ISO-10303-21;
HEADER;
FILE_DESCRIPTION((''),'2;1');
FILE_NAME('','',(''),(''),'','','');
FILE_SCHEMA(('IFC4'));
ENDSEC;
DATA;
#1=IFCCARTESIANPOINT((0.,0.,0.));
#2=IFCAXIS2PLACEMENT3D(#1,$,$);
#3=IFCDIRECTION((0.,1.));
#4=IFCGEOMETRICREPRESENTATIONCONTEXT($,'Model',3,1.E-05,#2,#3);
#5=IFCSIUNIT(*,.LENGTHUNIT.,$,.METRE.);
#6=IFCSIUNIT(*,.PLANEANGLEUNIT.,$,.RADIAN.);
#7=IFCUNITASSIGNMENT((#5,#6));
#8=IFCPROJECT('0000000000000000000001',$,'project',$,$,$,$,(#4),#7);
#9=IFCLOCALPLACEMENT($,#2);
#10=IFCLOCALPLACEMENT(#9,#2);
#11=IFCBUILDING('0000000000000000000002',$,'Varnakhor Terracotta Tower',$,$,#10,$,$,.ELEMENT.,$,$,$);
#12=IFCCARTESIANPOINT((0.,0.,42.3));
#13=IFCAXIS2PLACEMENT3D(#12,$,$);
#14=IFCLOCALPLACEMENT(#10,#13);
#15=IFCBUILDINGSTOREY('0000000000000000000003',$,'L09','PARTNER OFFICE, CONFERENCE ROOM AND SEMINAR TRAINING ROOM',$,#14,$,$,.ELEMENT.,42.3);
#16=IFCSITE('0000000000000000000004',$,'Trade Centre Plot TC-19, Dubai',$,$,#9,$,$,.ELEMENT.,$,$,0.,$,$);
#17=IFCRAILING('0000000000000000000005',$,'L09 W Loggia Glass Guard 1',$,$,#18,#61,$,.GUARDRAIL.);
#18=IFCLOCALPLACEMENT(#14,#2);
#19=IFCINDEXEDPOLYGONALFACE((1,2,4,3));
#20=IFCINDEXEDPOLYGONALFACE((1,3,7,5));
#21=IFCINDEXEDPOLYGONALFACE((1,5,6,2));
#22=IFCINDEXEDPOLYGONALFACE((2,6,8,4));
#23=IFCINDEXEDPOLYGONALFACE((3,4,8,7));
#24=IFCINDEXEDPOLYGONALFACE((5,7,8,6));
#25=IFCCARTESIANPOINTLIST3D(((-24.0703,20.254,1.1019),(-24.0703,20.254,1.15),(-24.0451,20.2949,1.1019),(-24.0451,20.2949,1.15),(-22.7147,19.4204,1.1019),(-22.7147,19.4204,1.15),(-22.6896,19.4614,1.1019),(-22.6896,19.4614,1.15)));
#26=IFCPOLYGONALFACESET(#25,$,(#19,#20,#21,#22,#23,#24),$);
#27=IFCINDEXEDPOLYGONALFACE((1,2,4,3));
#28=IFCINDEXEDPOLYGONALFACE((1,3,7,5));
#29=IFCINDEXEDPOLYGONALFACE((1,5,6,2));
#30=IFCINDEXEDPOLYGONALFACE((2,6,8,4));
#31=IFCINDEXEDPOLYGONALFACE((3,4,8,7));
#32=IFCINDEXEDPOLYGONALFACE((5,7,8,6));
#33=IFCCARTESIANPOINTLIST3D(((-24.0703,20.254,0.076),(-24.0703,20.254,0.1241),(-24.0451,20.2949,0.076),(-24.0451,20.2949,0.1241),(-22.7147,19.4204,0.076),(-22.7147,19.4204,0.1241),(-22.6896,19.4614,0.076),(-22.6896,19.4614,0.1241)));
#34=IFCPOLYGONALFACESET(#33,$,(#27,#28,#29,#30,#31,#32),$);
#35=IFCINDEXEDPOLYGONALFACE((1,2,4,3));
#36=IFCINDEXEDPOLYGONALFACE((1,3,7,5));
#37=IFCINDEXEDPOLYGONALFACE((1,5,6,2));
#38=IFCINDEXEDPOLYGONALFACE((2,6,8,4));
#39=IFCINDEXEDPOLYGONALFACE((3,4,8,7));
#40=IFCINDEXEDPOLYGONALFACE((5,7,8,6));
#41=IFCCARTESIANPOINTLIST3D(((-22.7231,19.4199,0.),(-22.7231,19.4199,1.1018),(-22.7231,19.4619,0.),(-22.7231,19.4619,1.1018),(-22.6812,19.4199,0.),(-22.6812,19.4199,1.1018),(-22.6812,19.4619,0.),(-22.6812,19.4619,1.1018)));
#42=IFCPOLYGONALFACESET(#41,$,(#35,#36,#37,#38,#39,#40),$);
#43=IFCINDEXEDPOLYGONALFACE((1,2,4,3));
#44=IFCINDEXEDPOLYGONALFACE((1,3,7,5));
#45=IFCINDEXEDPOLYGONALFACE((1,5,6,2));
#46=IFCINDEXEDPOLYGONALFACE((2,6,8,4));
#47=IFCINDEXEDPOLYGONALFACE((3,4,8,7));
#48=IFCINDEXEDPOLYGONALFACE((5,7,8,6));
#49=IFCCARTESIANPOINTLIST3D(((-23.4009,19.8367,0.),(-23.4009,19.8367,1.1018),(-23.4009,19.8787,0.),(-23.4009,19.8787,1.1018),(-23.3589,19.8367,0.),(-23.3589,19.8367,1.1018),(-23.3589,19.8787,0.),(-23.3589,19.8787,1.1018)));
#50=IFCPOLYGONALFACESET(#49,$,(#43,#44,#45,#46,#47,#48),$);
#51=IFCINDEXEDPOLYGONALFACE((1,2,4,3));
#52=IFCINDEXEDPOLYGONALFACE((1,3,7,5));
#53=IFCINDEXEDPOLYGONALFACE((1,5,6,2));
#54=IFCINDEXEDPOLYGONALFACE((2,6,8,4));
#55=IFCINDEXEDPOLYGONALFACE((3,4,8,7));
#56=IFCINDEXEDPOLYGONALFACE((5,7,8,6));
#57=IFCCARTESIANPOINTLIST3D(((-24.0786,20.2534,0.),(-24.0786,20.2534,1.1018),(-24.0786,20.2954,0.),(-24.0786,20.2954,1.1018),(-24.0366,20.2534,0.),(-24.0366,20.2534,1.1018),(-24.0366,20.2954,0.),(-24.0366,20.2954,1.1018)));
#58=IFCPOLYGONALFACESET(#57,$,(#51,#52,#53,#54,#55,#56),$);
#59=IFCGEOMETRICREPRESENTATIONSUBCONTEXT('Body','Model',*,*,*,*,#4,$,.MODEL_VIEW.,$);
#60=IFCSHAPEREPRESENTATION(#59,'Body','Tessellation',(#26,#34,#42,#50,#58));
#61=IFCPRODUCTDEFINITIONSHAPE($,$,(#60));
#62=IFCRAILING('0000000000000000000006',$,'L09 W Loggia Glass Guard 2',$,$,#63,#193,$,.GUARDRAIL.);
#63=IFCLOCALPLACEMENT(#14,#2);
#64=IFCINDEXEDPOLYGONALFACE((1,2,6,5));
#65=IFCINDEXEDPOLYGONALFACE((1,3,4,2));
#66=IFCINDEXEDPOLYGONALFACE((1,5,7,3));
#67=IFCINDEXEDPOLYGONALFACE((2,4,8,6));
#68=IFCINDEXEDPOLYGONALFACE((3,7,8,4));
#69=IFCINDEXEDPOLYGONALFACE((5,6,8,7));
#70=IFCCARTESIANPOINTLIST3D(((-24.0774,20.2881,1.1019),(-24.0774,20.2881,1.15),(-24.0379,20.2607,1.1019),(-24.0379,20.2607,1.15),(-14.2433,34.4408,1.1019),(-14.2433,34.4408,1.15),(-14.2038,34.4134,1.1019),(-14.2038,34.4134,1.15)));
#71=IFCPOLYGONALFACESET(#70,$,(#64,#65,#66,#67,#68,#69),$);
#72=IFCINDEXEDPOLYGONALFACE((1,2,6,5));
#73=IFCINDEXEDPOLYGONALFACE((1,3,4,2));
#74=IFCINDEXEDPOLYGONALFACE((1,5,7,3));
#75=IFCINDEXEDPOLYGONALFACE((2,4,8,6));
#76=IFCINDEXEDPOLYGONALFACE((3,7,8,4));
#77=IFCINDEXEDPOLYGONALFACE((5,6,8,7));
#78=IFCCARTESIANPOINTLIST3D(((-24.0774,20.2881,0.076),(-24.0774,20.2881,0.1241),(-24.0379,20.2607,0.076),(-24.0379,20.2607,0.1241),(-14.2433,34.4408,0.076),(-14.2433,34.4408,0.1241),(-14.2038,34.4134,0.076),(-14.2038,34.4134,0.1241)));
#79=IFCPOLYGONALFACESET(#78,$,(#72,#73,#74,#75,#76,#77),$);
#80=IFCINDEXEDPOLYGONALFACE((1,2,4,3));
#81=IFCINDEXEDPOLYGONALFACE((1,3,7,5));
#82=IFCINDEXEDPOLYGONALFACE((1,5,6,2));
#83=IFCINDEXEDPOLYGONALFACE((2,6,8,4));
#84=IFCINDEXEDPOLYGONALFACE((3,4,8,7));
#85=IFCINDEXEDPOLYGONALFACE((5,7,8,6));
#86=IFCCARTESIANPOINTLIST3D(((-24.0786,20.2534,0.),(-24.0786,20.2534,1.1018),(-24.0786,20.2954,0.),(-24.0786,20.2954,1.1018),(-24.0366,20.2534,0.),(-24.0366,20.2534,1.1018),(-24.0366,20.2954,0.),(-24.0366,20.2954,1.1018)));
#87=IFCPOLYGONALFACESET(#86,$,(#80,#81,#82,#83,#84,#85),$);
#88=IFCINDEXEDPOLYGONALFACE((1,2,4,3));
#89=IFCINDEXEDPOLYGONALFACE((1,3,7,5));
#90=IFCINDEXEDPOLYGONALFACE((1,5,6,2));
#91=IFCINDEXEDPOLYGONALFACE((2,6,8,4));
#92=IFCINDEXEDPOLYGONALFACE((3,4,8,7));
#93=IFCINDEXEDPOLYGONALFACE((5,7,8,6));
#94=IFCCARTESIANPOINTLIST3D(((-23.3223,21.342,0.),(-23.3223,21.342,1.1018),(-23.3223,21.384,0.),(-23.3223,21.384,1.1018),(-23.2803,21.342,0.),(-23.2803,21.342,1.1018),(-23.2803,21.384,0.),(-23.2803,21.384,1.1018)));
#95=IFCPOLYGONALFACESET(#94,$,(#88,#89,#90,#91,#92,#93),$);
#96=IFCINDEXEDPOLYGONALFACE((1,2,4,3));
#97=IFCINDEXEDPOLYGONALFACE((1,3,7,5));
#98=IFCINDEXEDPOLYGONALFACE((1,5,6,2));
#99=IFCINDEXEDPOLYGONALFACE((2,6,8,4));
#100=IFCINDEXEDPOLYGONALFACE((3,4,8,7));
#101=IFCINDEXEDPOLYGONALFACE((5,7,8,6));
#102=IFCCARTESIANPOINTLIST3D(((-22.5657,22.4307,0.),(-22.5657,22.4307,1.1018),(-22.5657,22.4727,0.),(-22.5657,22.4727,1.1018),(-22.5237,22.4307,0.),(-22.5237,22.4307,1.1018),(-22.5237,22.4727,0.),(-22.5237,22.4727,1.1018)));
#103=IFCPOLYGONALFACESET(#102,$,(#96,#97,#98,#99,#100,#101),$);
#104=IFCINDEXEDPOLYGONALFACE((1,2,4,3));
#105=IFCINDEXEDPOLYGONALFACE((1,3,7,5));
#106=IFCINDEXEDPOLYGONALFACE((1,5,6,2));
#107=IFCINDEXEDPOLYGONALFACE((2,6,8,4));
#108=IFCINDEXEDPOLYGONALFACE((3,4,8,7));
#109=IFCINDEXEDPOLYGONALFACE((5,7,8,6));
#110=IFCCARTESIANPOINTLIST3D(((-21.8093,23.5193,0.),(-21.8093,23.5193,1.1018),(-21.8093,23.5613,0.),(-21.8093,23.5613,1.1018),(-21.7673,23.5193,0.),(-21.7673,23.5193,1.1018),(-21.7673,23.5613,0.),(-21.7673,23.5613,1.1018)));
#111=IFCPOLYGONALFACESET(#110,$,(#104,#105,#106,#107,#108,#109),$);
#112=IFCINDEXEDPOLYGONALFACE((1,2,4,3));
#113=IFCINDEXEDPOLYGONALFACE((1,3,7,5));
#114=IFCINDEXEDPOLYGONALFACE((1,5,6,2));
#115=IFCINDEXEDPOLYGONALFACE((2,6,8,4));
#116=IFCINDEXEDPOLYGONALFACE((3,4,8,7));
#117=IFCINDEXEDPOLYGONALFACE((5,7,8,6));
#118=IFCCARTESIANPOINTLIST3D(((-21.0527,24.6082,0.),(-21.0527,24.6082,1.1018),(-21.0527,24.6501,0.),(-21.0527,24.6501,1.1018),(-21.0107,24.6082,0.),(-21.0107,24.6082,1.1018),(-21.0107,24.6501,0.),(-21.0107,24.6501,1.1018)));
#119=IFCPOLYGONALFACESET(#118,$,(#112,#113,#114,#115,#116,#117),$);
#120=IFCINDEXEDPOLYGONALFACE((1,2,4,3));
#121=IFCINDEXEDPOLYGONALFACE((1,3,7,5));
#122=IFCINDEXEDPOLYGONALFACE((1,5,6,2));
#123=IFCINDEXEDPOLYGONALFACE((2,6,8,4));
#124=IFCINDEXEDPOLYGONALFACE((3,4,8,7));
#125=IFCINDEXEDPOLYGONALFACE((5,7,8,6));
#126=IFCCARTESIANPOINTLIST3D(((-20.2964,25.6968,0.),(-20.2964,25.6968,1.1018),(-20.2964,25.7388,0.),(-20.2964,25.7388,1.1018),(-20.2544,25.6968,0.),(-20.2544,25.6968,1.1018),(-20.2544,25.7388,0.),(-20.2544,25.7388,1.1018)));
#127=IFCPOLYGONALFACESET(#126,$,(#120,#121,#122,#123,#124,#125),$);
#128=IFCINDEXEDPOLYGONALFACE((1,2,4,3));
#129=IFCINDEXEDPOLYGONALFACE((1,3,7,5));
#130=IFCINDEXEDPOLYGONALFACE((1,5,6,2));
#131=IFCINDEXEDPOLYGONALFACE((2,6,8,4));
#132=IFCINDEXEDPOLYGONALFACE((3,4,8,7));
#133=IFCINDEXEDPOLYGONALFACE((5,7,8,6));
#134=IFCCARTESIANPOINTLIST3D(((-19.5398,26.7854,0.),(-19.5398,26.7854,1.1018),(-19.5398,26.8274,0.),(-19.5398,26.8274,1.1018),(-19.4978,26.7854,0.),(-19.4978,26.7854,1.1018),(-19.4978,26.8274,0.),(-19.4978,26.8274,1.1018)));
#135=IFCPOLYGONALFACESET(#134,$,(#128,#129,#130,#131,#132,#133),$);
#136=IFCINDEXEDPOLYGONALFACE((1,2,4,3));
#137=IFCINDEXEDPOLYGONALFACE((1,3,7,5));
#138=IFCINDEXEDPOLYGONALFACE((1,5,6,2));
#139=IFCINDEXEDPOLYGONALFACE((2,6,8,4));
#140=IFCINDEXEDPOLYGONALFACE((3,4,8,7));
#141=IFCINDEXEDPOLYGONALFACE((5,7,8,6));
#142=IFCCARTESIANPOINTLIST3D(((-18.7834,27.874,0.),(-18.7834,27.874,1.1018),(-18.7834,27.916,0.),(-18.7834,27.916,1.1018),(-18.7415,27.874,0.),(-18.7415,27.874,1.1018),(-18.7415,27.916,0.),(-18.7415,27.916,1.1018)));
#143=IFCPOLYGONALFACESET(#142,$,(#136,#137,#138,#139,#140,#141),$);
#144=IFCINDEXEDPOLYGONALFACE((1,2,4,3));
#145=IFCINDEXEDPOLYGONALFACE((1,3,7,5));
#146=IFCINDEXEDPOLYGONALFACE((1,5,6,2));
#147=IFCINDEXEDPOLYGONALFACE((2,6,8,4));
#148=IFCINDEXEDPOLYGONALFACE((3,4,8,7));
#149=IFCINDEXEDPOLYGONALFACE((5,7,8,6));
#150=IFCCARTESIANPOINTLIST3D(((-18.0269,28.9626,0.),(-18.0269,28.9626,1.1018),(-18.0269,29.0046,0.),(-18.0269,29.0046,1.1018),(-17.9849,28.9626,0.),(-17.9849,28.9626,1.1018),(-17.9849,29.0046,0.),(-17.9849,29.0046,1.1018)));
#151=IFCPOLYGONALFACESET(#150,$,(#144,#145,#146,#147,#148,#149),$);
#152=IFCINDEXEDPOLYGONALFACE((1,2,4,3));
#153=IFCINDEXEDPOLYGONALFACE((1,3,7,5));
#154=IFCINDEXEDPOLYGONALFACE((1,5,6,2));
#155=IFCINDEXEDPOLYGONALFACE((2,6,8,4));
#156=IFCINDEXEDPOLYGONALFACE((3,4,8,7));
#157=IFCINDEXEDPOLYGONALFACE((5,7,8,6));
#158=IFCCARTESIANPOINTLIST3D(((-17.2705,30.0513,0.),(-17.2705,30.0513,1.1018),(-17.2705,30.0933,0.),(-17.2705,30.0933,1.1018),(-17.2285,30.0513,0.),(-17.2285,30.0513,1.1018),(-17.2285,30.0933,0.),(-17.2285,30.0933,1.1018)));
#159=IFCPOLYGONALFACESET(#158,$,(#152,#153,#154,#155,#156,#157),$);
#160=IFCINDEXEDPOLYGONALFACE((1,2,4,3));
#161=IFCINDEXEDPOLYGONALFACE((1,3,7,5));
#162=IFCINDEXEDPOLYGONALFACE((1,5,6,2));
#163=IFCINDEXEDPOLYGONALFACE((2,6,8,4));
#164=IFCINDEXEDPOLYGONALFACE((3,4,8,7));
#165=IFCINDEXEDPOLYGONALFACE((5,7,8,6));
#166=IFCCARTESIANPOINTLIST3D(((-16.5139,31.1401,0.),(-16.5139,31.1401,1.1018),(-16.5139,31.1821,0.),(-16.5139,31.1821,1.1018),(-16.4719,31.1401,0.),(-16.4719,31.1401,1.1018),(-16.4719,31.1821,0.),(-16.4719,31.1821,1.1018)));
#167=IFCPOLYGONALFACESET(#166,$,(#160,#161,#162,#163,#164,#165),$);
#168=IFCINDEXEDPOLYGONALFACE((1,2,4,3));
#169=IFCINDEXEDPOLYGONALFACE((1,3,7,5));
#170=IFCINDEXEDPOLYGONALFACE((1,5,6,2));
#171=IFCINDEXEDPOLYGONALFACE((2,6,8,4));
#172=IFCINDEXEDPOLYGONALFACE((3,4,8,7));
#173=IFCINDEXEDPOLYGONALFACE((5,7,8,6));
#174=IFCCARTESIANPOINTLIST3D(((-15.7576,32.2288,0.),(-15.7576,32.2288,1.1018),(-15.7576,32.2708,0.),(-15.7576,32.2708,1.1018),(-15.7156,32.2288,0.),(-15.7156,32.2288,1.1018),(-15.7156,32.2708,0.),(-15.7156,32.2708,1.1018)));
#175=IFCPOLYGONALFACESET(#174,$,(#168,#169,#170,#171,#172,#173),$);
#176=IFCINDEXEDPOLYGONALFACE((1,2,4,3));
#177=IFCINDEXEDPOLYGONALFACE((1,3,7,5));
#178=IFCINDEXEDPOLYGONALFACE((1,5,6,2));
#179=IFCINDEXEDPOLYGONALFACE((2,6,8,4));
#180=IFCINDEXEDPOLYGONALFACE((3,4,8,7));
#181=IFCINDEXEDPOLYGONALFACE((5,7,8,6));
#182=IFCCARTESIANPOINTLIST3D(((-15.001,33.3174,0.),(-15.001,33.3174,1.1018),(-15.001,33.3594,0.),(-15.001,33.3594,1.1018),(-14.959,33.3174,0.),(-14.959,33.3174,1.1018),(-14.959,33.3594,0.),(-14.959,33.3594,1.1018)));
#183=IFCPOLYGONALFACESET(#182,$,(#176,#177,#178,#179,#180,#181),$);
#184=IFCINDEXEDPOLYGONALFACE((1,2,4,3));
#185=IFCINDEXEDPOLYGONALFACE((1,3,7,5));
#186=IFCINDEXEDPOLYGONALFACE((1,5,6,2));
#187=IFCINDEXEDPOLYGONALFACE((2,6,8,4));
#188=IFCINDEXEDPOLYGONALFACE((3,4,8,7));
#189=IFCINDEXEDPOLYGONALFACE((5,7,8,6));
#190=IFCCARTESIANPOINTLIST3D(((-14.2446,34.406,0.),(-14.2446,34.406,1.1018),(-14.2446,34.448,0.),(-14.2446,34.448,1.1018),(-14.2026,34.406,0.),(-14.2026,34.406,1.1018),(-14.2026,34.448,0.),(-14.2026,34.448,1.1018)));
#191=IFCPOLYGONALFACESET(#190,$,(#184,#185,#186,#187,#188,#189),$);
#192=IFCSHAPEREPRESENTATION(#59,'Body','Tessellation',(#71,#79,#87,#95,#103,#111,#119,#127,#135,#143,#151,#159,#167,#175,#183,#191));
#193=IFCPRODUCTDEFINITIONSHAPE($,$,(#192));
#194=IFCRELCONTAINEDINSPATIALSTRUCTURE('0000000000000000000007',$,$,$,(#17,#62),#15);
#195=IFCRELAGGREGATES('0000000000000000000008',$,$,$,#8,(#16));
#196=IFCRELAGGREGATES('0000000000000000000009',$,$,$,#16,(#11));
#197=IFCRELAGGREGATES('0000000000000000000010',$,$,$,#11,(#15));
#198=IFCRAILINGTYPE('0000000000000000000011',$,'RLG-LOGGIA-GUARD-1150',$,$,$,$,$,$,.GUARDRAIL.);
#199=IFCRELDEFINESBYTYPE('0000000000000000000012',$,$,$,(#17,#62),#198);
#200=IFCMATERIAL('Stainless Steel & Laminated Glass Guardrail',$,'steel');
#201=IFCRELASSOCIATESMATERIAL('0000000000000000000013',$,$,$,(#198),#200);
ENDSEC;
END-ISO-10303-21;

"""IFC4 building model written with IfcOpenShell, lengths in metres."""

from ifc_helpers import new_model, si_unit, direction, frame, origin, origin_2d, place, context, subcontext, project, spatial, rectangle, extrude, material, type_object, element, save


model = new_model("IFC4")

# Units and contexts
model_context = context("Model", 3, precision=1e-05, world=origin(), true_north=direction((0.0, 1.0)))
body_context = subcontext(model_context, "Body", "Model", "MODEL_VIEW")
ifc_project = project(units=[si_unit("LENGTHUNIT", "METRE"), si_unit("PLANEANGLEUNIT", "RADIAN")], contexts=[model_context])

# Site, building, storey
site_placement = place(None, origin())
site = spatial("IfcSite", under=ifc_project, at=site_placement, Name="Trade Centre Plot TC-19, Dubai", CompositionType="ELEMENT", RefElevation=0.0)
building_placement = place(site_placement, origin())
building = spatial("IfcBuilding", under=site, at=building_placement, Name="Varnakhor Terracotta Tower", CompositionType="ELEMENT")
storey_placement = place(building_placement, frame((0.0, 0.0, 42.3)))
storey = spatial("IfcBuildingStorey", under=building, at=storey_placement, Name="L09", Description="PARTNER OFFICE, CONFERENCE ROOM AND SEMINAR TRAINING ROOM", CompositionType="ELEMENT", Elevation=42.3)

# Railings
ifc_material_1 = material(Name="Stainless Steel & Laminated Glass Guardrail", Category="steel")
railing_type = type_object("IfcRailingType", Name="RLG-LOGGIA-GUARD-1150", PredefinedType="GUARDRAIL", material=ifc_material_1)
railing_1_placement = place(storey_placement, frame((-22.7021, 19.4409, 0.0)))
element("IfcRailing", 1, at=railing_1_placement, inside=storey, type_object=railing_type, Name="L09 W Loggia Glass Guard 1", PredefinedType="GUARDRAIL", context=body_context, shape_type="SweptSolid", body=[
    extrude(rectangle(XDim=0.0481, YDim=0.0481, at=origin_2d()), frame((0.0, 0.0, 1.126), z_axis=(-0.851837, 0.523806, 0.0), x_axis=(-0.523806, -0.851837, 0.0)), (0.0, 0.0, 1.0), 1.5913),
    extrude(rectangle(XDim=0.0481, YDim=0.0481, at=origin_2d()), frame((0.0, 0.0, 0.1001), z_axis=(-0.851837, 0.523806, 0.0), x_axis=(-0.523806, -0.851837, 0.0)), (0.0, 0.0, 1.0), 1.5913),
    extrude(rectangle(XDim=0.042, YDim=0.042, at=origin_2d()), origin(), (0.0, 0.0, 1.0), 1.1018),
    extrude(rectangle(XDim=0.042, YDim=0.042, at=origin_2d()), frame((-0.6777, 0.4167, 0.0)), (0.0, 0.0, 1.0), 1.1018),
    extrude(rectangle(XDim=0.042, YDim=0.042, at=origin_2d()), frame((-1.3555, 0.8335, 0.0)), (0.0, 0.0, 1.0), 1.1018),
])
railing_2_placement = place(storey_placement, frame((-24.0576, 20.2744, 0.0)))
element("IfcRailing", 2, at=railing_2_placement, inside=storey, type_object=railing_type, Name="L09 W Loggia Glass Guard 2", PredefinedType="GUARDRAIL", context=body_context, shape_type="SweptSolid", body=[
    extrude(rectangle(XDim=0.0481, YDim=0.0481, at=origin_2d()), frame((0.0, 0.0, 1.126), z_axis=(0.570623, 0.821212, 0.0), x_axis=(-0.821212, 0.570623, 0.0)), (0.0, 0.0, 1.0), 17.2339),
    extrude(rectangle(XDim=0.0481, YDim=0.0481, at=origin_2d()), frame((0.0, 0.0, 0.1001), z_axis=(0.570623, 0.821212, 0.0), x_axis=(-0.821212, 0.570623, 0.0)), (0.0, 0.0, 1.0), 17.2339),
    extrude(rectangle(XDim=0.042, YDim=0.042, at=origin_2d()), origin(), (0.0, 0.0, 1.0), 1.1018),
    extrude(rectangle(XDim=0.042, YDim=0.042, at=origin_2d()), frame((0.7563, 1.0886, 0.0)), (0.0, 0.0, 1.0), 1.1018),
    extrude(rectangle(XDim=0.042, YDim=0.042, at=origin_2d()), frame((1.5129, 2.1772, 0.0)), (0.0, 0.0, 1.0), 1.1018),
    extrude(rectangle(XDim=0.042, YDim=0.042, at=origin_2d()), frame((2.2693, 3.2659, 0.0)), (0.0, 0.0, 1.0), 1.1018),
    extrude(rectangle(XDim=0.042, YDim=0.042, at=origin_2d()), frame((3.0259, 4.3547, 0.0)), (0.0, 0.0, 1.0), 1.1018),
    extrude(rectangle(XDim=0.042, YDim=0.042, at=origin_2d()), frame((3.7822, 5.4434, 0.0)), (0.0, 0.0, 1.0), 1.1018),
    extrude(rectangle(XDim=0.042, YDim=0.042, at=origin_2d()), frame((4.5388, 6.532, 0.0)), (0.0, 0.0, 1.0), 1.1018),
    extrude(rectangle(XDim=0.042, YDim=0.042, at=origin_2d()), frame((5.2952, 7.6206, 0.0)), (0.0, 0.0, 1.0), 1.1018),
    extrude(rectangle(XDim=0.042, YDim=0.042, at=origin_2d()), frame((6.0518, 8.7092, 0.0)), (0.0, 0.0, 1.0), 1.1018),
    extrude(rectangle(XDim=0.042, YDim=0.042, at=origin_2d()), frame((6.8081, 9.7979, 0.0)), (0.0, 0.0, 1.0), 1.1018),
    extrude(rectangle(XDim=0.042, YDim=0.042, at=origin_2d()), frame((7.5647, 10.8867, 0.0)), (0.0, 0.0, 1.0), 1.1018),
    extrude(rectangle(XDim=0.042, YDim=0.042, at=origin_2d()), frame((8.321, 11.9753, 0.0)), (0.0, 0.0, 1.0), 1.1018),
    extrude(rectangle(XDim=0.042, YDim=0.042, at=origin_2d()), frame((9.0776, 13.064, 0.0)), (0.0, 0.0, 1.0), 1.1018),
    extrude(rectangle(XDim=0.042, YDim=0.042, at=origin_2d()), frame((9.834, 14.1526, 0.0)), (0.0, 0.0, 1.0), 1.1018),
])

save(model, "model.ifc")
